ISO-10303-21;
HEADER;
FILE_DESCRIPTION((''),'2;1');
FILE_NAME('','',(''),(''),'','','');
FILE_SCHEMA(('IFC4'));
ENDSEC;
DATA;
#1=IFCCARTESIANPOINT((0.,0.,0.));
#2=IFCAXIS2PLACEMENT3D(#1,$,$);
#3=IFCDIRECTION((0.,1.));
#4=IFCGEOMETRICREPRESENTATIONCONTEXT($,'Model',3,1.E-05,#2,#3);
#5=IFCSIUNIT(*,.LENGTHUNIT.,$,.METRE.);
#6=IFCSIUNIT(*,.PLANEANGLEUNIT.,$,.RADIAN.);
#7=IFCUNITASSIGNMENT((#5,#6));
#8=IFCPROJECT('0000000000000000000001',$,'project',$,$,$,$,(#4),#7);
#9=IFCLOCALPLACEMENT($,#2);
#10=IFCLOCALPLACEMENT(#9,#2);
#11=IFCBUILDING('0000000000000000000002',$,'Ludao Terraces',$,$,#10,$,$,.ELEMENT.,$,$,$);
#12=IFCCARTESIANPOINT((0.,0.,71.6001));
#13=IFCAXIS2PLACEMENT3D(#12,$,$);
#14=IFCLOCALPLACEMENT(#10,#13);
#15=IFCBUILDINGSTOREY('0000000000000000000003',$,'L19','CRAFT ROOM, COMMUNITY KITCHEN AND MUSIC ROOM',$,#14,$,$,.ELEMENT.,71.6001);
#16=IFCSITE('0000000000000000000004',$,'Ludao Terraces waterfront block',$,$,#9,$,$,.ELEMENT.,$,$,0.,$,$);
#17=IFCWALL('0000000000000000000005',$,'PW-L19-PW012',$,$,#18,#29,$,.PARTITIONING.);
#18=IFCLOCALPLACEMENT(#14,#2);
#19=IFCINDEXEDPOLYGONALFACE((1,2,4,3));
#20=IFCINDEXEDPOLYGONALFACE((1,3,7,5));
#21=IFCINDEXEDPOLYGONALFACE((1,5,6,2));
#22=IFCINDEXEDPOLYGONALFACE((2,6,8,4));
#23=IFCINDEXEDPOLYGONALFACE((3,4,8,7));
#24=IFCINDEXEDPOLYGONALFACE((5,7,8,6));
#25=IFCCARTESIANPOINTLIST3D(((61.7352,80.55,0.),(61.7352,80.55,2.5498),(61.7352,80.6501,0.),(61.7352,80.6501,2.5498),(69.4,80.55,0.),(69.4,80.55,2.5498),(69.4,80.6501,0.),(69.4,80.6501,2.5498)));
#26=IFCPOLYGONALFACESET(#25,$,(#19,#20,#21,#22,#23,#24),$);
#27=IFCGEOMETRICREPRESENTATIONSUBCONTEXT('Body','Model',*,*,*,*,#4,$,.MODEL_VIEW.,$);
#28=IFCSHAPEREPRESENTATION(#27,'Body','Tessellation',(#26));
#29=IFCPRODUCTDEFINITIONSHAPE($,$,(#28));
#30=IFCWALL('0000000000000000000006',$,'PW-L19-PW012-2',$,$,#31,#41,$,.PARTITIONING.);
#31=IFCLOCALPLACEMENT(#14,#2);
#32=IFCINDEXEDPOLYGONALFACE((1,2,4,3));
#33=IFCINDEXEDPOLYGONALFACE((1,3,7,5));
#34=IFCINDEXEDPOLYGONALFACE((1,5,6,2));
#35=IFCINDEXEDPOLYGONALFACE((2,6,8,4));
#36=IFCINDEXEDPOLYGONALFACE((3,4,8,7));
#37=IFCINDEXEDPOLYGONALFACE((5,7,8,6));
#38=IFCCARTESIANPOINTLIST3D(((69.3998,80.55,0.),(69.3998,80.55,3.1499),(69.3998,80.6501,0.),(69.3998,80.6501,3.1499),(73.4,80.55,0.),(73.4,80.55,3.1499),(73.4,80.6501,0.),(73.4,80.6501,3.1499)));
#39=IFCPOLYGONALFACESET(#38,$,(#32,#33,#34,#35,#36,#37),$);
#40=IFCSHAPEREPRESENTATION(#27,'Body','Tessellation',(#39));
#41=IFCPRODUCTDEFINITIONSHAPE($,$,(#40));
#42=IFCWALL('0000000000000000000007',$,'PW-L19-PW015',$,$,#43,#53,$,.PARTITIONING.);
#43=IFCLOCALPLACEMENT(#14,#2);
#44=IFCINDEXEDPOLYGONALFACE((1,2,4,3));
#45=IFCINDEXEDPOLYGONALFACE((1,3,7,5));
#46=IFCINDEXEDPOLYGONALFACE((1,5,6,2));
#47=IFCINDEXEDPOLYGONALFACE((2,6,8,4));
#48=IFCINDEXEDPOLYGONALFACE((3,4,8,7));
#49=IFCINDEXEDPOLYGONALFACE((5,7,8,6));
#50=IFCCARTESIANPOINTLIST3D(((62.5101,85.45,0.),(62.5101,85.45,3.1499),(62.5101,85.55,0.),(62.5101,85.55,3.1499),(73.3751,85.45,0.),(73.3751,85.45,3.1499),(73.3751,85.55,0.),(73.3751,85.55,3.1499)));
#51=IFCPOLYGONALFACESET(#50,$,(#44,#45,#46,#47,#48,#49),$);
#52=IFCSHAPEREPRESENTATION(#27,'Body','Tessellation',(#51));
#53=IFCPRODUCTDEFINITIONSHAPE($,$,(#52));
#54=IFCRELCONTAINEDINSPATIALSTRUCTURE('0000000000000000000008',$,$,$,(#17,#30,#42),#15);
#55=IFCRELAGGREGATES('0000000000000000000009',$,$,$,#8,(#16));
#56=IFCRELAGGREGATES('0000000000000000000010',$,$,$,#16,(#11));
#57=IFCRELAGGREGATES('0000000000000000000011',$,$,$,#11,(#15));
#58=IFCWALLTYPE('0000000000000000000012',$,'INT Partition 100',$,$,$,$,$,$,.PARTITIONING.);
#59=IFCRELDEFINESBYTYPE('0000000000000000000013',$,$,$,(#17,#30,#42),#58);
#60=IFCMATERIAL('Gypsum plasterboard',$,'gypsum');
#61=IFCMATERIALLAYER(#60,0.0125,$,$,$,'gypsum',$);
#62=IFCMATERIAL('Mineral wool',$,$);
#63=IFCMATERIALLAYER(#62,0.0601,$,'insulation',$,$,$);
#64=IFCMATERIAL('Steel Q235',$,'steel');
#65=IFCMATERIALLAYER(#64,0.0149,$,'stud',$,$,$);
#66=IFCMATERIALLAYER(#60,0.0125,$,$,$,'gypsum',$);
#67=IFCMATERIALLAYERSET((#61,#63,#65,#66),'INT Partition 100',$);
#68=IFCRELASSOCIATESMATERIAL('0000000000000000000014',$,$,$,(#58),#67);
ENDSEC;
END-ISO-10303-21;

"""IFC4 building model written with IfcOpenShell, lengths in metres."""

from ifc_helpers import new_model, si_unit, direction, frame, frame_2d, origin, place, context, subcontext, project, spatial, rectangle, extrude, material, layer, layer_set, type_object, element, save


model = new_model("IFC4")

# Units and contexts
model_context = context("Model", 3, precision=1e-05, world=origin(), true_north=direction((0.0, 1.0)))
body_context = subcontext(model_context, "Body", "Model", "MODEL_VIEW")
ifc_project = project(units=[si_unit("LENGTHUNIT", "METRE"), si_unit("PLANEANGLEUNIT", "RADIAN")], contexts=[model_context])

# Site, building, storey
site_placement = place(None, origin())
site = spatial("IfcSite", under=ifc_project, at=site_placement, Name="Ludao Terraces waterfront block", CompositionType="ELEMENT", RefElevation=0.0)
building_placement = place(site_placement, origin())
building = spatial("IfcBuilding", under=site, at=building_placement, Name="Ludao Terraces", CompositionType="ELEMENT")
storey_placement = place(building_placement, frame((0.0, 0.0, 71.6001)))
storey = spatial("IfcBuildingStorey", under=building, at=storey_placement, Name="L19", Description="CRAFT ROOM, COMMUNITY KITCHEN AND MUSIC ROOM", CompositionType="ELEMENT", Elevation=71.6001)

# Shared definitions
ifc_material_1 = material(Name="Mineral wool")

# Walls
ifc_material_2 = material(Name="Gypsum plasterboard", Category="gypsum")
ifc_layer_1 = layer(ifc_material_2, 0.0125, Category="gypsum")
ifc_layer_2 = layer(ifc_material_1, 0.0601, Name="insulation")
ifc_material_3 = material(Name="Steel Q235", Category="steel")
ifc_layer_3 = layer(ifc_material_3, 0.0149, Name="stud")
ifc_layer_4 = layer(ifc_material_2, 0.0125, Category="gypsum")
ifc_layer_set_1 = layer_set([ifc_layer_1, ifc_layer_2, ifc_layer_3, ifc_layer_4], Name="INT Partition 100")
wall_type_1 = type_object("IfcWallType", Name="INT Partition 100", PredefinedType="PARTITIONING", material=ifc_layer_set_1)
wall_1_placement = place(storey_placement, frame((61.7351, 80.6001, 0.0), z_axis=(0.0, 0.0, 1.0), x_axis=(1.0, 0.0, 0.0)))
element("IfcWall", 1, at=wall_1_placement, inside=storey, type_object=wall_type_1, Name="PW-L19-PW012", PredefinedType="PARTITIONING", context=body_context, shape_type="SweptSolid", body=[
    extrude(rectangle(XDim=7.6648, YDim=0.1001, at=frame_2d((3.8325, 0.0))), origin(), (0.0, 0.0, 1.0), 2.5498),
])
wall_2_placement = place(storey_placement, frame((69.3999, 80.6001, 0.0), z_axis=(0.0, 0.0, 1.0), x_axis=(1.0, 0.0, 0.0)))
element("IfcWall", 2, at=wall_2_placement, inside=storey, type_object=wall_type_1, Name="PW-L19-PW012-2", PredefinedType="PARTITIONING", context=body_context, shape_type="SweptSolid", body=[
    extrude(rectangle(XDim=4.0002, YDim=0.1001, at=frame_2d((2.0, 0.0))), origin(), (0.0, 0.0, 1.0), 3.1499),
])
wall_3_placement = place(storey_placement, frame((62.51, 85.5, 0.0), z_axis=(0.0, 0.0, 1.0), x_axis=(1.0, 0.0, 0.0)))
element("IfcWall", 3, at=wall_3_placement, inside=storey, type_object=wall_type_1, Name="PW-L19-PW015", PredefinedType="PARTITIONING", context=body_context, shape_type="SweptSolid", body=[
    extrude(rectangle(XDim=10.865, YDim=0.1001, at=frame_2d((5.4326, 0.0))), origin(), (0.0, 0.0, 1.0), 3.1499),
])

save(model, "model.ifc")
